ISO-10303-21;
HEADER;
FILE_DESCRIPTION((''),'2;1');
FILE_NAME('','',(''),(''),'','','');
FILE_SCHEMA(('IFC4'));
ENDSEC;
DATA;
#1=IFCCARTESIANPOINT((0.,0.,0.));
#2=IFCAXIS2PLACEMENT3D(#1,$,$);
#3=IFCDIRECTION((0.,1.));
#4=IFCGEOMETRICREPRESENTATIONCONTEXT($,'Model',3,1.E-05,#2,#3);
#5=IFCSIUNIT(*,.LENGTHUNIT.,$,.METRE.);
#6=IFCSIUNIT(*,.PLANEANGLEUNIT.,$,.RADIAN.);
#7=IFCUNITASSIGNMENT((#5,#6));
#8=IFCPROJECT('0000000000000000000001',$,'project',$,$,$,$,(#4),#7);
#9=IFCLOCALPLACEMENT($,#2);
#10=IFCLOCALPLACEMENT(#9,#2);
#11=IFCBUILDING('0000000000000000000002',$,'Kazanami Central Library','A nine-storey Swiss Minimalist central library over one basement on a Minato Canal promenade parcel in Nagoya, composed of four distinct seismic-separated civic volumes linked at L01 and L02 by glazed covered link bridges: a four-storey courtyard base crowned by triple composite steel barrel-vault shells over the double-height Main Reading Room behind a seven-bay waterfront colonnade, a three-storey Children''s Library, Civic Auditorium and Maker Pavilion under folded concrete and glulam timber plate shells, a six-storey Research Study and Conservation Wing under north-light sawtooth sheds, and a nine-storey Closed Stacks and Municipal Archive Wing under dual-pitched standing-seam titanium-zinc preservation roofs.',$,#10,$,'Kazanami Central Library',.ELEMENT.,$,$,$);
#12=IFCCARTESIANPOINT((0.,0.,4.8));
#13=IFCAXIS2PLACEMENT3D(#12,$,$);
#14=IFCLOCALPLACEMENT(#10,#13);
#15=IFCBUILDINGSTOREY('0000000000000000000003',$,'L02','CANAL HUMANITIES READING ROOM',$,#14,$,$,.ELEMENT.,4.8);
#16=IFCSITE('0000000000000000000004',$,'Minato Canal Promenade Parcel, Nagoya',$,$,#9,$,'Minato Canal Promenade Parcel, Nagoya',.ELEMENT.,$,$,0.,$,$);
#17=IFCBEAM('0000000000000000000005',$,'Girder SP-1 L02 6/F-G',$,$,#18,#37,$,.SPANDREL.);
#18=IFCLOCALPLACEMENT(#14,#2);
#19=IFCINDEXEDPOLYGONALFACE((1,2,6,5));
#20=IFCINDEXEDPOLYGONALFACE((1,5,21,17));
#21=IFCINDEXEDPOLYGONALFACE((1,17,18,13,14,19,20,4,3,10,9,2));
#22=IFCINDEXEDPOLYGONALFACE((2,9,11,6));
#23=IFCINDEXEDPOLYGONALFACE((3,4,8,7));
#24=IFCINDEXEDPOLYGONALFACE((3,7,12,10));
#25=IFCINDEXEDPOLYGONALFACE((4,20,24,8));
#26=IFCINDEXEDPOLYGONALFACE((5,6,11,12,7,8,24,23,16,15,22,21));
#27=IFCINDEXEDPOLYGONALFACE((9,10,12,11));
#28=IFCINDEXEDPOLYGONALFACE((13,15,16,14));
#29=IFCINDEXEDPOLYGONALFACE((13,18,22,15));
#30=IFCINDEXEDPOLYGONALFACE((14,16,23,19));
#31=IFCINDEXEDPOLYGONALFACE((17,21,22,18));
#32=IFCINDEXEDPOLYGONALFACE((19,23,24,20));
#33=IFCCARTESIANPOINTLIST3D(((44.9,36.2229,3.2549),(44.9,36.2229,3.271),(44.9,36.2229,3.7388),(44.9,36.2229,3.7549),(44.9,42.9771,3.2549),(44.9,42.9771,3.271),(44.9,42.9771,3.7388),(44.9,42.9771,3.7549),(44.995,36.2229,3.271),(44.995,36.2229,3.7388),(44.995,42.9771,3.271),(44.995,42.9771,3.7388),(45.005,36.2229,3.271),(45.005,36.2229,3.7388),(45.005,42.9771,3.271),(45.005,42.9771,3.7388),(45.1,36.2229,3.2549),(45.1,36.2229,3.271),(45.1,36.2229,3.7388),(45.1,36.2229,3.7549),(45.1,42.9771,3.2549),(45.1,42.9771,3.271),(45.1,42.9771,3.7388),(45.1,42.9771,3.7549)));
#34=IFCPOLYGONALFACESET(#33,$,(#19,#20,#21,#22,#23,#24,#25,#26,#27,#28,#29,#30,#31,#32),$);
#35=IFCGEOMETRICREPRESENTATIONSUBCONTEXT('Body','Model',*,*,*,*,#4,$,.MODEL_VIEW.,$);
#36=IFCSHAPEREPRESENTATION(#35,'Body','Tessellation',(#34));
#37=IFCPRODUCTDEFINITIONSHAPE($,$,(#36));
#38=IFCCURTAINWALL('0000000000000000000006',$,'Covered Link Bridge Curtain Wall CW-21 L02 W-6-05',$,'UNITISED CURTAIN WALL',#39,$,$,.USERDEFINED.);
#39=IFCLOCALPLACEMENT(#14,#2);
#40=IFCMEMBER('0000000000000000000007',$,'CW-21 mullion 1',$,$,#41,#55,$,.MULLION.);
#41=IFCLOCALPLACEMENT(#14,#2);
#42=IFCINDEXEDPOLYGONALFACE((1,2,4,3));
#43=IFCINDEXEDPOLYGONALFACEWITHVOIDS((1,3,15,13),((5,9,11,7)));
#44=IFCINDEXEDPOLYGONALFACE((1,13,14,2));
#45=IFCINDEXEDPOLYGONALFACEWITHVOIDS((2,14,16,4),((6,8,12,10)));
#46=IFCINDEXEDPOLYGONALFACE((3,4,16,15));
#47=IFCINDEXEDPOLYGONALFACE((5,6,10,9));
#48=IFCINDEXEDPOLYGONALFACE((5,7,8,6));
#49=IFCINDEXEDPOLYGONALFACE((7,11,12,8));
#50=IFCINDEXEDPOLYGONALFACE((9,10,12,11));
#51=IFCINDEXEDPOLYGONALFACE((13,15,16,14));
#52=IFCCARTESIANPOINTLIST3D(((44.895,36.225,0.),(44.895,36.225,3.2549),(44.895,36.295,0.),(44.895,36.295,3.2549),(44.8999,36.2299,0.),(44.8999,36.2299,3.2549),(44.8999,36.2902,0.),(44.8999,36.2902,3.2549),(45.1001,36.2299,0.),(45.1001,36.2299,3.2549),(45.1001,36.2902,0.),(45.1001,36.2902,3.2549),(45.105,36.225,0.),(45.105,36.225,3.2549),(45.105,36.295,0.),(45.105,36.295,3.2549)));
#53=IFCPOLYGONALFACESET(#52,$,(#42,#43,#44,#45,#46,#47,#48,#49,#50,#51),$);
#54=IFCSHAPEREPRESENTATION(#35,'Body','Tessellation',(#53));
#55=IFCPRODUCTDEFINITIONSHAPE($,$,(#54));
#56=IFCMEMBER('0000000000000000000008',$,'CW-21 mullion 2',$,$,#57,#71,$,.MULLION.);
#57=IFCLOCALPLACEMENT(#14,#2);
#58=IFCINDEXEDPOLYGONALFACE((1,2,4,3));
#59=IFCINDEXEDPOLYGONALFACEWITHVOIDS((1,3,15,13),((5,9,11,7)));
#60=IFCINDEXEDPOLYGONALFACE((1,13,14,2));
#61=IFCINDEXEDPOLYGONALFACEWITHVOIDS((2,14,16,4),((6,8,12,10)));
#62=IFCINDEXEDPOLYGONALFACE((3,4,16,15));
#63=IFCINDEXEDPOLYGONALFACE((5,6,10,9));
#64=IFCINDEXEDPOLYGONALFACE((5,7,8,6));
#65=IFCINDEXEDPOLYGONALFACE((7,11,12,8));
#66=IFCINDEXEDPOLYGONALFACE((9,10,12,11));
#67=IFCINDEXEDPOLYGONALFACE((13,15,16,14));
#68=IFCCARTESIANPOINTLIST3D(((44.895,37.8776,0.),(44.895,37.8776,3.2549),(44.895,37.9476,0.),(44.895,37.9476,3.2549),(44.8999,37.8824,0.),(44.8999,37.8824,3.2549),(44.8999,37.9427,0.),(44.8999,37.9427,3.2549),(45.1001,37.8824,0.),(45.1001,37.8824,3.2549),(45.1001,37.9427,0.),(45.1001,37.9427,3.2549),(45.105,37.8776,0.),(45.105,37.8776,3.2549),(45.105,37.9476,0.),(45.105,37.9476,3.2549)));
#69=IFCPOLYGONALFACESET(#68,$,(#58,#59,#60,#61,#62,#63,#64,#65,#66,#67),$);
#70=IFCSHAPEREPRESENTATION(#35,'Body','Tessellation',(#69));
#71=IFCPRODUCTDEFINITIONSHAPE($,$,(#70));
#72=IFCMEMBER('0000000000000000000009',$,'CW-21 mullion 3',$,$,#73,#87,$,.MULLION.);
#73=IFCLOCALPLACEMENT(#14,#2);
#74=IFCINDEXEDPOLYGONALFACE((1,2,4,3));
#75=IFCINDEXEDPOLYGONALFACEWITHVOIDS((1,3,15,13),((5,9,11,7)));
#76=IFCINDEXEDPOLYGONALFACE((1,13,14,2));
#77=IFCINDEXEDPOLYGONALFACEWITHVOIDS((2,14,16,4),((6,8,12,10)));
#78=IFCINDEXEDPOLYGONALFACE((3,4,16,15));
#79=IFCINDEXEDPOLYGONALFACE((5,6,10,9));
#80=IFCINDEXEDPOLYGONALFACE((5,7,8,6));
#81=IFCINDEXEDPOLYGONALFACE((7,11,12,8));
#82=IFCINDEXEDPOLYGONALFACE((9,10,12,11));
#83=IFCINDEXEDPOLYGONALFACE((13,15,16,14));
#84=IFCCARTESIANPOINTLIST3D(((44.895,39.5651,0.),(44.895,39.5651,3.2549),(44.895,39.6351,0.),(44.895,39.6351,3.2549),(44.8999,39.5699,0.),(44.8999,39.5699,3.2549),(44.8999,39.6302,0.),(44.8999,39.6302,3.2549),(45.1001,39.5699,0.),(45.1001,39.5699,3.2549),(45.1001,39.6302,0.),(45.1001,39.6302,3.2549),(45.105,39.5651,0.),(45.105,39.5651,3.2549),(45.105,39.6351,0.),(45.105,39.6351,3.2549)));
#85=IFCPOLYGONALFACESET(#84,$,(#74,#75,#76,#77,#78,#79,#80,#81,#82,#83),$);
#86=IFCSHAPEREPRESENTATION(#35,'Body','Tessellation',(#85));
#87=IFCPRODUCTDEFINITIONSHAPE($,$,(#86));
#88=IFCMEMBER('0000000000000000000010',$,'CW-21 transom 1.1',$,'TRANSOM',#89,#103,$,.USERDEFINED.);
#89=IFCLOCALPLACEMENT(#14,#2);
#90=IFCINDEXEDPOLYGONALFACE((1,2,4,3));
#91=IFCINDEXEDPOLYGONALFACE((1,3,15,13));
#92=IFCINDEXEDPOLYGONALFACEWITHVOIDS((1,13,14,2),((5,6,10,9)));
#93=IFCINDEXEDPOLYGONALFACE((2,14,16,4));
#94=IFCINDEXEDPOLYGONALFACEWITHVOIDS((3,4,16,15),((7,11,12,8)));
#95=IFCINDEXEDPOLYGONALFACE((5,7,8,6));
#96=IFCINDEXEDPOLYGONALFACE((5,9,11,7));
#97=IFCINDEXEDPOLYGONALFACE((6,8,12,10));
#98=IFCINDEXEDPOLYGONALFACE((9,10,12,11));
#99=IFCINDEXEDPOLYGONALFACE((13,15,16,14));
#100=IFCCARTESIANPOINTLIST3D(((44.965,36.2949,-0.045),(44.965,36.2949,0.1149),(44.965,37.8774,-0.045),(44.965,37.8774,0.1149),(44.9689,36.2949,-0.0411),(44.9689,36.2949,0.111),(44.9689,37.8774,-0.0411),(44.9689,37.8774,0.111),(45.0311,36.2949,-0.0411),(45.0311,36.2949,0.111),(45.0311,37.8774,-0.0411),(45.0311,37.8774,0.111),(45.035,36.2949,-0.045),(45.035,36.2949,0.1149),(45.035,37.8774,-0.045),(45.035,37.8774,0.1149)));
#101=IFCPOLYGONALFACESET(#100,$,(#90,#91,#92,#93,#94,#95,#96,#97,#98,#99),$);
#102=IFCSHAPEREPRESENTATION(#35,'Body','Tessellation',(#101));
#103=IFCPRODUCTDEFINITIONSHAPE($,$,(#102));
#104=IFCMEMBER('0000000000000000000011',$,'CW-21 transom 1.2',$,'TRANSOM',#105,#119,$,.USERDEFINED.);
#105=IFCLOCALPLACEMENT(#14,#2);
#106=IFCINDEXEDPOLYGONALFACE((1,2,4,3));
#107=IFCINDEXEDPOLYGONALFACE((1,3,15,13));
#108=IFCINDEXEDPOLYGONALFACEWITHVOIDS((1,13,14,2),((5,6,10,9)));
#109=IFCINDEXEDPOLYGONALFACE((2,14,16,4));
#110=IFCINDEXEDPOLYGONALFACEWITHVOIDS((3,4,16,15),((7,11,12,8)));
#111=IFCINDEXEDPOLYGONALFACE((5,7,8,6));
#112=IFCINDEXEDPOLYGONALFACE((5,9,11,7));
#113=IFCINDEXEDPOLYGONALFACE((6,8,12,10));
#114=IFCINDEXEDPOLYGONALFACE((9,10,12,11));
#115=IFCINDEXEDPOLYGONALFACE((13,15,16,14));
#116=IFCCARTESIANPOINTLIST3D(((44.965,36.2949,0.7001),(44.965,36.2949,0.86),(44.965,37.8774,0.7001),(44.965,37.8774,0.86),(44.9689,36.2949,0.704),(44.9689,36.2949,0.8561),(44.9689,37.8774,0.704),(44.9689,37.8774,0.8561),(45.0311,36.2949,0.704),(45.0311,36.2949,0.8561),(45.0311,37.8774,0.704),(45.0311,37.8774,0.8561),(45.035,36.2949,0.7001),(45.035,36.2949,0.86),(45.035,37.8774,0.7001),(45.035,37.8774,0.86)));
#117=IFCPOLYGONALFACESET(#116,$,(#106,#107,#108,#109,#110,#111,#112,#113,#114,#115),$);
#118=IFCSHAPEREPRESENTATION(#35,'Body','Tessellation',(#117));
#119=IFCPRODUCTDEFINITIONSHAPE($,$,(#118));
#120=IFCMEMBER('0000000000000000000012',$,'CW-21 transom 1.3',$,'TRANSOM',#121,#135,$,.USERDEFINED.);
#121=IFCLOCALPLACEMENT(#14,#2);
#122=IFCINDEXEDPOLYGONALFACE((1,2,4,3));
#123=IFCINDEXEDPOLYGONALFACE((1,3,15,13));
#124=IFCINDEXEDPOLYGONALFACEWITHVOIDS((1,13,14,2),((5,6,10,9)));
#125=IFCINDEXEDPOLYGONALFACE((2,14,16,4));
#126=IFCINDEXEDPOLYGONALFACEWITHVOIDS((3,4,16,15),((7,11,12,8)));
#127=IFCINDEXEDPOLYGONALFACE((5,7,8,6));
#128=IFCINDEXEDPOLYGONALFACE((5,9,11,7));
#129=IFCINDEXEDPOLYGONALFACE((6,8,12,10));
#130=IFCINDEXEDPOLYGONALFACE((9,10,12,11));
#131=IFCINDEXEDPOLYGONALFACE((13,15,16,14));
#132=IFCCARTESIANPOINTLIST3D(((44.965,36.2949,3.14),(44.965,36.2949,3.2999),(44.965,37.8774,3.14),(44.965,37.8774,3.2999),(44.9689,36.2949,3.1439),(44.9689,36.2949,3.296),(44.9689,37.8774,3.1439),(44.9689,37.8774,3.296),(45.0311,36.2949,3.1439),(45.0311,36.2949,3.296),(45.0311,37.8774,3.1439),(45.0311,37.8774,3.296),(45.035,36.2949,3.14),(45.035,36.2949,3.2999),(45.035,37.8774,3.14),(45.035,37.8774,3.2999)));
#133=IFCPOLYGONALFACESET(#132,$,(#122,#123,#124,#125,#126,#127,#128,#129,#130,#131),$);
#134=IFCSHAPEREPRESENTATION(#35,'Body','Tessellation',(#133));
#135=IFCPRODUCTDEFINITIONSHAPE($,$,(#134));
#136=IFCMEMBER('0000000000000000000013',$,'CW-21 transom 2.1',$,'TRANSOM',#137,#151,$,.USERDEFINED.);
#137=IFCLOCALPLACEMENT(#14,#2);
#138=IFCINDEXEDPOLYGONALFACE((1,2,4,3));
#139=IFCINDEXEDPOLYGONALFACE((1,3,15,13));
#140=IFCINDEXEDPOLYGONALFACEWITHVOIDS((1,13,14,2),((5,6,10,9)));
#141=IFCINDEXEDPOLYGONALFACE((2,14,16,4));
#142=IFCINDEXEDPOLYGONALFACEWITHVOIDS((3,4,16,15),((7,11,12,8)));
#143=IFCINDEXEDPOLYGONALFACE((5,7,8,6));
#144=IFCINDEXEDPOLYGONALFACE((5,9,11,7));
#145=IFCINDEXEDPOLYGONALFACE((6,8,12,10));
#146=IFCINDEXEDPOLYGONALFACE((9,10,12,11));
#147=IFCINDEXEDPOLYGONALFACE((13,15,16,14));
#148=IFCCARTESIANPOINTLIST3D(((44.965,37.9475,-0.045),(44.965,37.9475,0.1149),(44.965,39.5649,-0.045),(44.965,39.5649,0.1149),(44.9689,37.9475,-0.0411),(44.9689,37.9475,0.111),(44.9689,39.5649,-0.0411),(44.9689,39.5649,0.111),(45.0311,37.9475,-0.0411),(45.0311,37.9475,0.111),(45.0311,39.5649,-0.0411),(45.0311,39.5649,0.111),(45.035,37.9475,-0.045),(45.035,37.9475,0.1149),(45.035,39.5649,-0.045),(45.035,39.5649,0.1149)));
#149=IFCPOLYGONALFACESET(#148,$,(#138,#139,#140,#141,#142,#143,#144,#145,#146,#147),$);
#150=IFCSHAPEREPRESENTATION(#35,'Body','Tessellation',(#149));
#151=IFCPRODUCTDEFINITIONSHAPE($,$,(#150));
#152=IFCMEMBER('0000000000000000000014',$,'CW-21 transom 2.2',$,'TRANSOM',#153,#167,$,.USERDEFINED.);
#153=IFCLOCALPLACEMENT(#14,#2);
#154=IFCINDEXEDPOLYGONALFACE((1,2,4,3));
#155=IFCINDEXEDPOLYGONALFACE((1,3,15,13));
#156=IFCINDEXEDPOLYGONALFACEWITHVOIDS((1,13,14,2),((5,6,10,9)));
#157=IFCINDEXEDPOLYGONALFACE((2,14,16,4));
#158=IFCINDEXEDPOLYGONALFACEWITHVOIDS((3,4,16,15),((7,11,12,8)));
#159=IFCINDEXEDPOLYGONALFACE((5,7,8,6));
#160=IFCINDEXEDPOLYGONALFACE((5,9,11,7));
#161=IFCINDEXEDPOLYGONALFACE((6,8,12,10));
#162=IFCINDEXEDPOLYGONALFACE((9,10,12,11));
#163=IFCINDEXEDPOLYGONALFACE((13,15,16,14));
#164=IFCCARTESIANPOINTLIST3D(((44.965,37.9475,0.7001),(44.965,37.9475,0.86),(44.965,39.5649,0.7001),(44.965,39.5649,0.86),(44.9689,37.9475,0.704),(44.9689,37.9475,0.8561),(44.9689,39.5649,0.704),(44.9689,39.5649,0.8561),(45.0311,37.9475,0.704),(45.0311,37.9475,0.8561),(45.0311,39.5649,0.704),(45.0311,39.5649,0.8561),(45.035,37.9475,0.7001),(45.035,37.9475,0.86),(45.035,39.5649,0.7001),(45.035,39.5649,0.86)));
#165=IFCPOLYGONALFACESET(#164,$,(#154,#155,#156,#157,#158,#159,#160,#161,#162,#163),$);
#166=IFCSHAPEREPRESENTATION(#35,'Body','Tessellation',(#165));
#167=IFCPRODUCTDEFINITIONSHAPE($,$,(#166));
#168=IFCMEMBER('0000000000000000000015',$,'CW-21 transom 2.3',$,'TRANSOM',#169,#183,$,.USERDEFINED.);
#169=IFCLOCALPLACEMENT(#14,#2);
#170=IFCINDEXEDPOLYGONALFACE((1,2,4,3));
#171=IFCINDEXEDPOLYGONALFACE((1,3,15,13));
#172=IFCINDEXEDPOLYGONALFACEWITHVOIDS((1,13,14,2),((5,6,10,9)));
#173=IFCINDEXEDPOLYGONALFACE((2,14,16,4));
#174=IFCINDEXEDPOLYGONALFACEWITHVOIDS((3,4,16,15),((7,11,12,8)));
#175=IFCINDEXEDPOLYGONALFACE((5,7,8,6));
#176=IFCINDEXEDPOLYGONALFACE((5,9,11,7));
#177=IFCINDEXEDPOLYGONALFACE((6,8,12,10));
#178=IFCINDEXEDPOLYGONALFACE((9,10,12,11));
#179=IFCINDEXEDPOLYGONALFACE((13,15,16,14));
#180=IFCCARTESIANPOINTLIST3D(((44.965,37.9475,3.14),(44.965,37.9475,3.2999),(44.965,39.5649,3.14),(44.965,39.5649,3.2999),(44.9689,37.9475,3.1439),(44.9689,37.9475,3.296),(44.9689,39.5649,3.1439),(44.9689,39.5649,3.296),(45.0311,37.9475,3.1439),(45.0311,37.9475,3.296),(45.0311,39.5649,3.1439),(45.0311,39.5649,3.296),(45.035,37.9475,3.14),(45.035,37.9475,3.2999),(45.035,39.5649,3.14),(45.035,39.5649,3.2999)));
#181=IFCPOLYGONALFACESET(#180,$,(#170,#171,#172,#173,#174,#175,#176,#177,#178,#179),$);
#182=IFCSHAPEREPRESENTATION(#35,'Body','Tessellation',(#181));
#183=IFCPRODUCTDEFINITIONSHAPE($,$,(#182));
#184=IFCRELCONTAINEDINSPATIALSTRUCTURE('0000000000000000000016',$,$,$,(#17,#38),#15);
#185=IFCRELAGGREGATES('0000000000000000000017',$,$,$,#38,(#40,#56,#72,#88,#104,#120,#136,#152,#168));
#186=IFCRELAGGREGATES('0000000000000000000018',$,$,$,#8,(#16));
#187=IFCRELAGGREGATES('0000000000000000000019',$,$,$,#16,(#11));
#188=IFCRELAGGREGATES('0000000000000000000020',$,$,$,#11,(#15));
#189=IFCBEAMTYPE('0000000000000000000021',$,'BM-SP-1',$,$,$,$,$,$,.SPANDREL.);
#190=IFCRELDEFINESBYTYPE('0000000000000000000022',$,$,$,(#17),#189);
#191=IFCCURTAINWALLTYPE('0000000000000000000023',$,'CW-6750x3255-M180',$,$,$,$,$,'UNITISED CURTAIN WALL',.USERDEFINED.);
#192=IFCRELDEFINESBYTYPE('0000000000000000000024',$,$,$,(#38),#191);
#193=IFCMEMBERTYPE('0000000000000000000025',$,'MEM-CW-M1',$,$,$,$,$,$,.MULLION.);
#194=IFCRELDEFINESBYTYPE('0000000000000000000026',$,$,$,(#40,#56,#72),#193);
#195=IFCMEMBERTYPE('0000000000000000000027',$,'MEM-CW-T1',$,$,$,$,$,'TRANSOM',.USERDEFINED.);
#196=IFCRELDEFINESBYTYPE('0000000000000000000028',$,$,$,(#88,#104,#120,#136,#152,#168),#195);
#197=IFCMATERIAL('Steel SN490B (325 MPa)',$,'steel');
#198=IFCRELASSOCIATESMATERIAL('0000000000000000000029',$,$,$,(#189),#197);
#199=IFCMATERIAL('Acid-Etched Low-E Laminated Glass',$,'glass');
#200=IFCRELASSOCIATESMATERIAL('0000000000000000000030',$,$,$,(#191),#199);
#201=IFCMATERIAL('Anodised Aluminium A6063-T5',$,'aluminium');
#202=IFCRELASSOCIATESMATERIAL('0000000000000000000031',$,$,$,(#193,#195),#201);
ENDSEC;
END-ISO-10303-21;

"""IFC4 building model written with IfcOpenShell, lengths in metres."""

from ifc_helpers import new_model, si_unit, direction, frame, origin, origin_2d, place, context, subcontext, project, spatial, hollow_rectangle, i_section, extrude, material, material_profile, profile_set, type_object, element, aggregate, save


model = new_model("IFC4")

# Units and contexts
model_context = context("Model", 3, precision=1e-05, world=origin(), true_north=direction((0.0, 1.0)))
body_context = subcontext(model_context, "Body", "Model", "MODEL_VIEW")
ifc_project = project(units=[si_unit("LENGTHUNIT", "METRE"), si_unit("PLANEANGLEUNIT", "RADIAN")], contexts=[model_context])

# Site, building, storey
site_placement = place(None, origin())
site = spatial("IfcSite", under=ifc_project, at=site_placement, Name="Minato Canal Promenade Parcel, Nagoya", LongName="Minato Canal Promenade Parcel, Nagoya", CompositionType="ELEMENT", RefElevation=0.0)
building_placement = place(site_placement, origin())
building = spatial("IfcBuilding", under=site, at=building_placement, Name="Kazanami Central Library", Description="A nine-storey Swiss Minimalist central library over one basement on a Minato Canal promenade parcel in Nagoya, composed of four distinct seismic-separated civic volumes linked at L01 and L02 by glazed covered link bridges: a four-storey courtyard base crowned by triple composite steel barrel-vault shells over the double-height Main Reading Room behind a seven-bay waterfront colonnade, a three-storey Children's Library, Civic Auditorium and Maker Pavilion under folded concrete and glulam timber plate shells, a six-storey Research Study and Conservation Wing under north-light sawtooth sheds, and a nine-storey Closed Stacks and Municipal Archive Wing under dual-pitched standing-seam titanium-zinc preservation roofs.", LongName="Kazanami Central Library", CompositionType="ELEMENT")
storey_placement = place(building_placement, frame((0.0, 0.0, 4.8)))
storey = spatial("IfcBuildingStorey", under=building, at=storey_placement, Name="L02", Description="CANAL HUMANITIES READING ROOM", CompositionType="ELEMENT", Elevation=4.8)

# Beam
ifc_material_1 = material(Name="Steel SN490B (325 MPa)", Category="steel")
ifc_material_profile_1 = material_profile(ifc_material_1, i_section(OverallWidth=0.2, OverallDepth=0.5, WebThickness=0.01, FlangeThickness=0.0161, at=origin_2d()), Name="H-500x200x10x16")
ifc_profile_set_1 = profile_set([ifc_material_profile_1], Name="Steel SN490B (325 MPa)")
beam_type = type_object("IfcBeamType", Name="BM-SP-1", PredefinedType="SPANDREL", material=ifc_profile_set_1)
beam_placement = place(storey_placement, frame((45.0, 36.2229, 3.5049), z_axis=(0.0, 1.0, 0.0), x_axis=(-1.0, 0.0, 0.0)))
element("IfcBeam", 1, at=beam_placement, inside=storey, type_object=beam_type, Name="Girder SP-1 L02 6/F-G", PredefinedType="SPANDREL", context=body_context, shape_type="SweptSolid", body=[
    extrude(i_section(OverallWidth=0.2, OverallDepth=0.5, WebThickness=0.01, FlangeThickness=0.0161, at=origin_2d()), origin(), (0.0, 0.0, 1.0), 6.7542),
])

# Curtain wall, members
ifc_material_2 = material(Name="Acid-Etched Low-E Laminated Glass", Category="glass")
curtain_wall_type = type_object("IfcCurtainWallType", Name="CW-6750x3255-M180", ElementType="UNITISED CURTAIN WALL", PredefinedType="USERDEFINED", material=ifc_material_2)
curtain_wall_placement = place(storey_placement, origin())
curtain_wall = element("IfcCurtainWall", 2, at=curtain_wall_placement, inside=storey, type_object=curtain_wall_type, Name="Covered Link Bridge Curtain Wall CW-21 L02 W-6-05", ObjectType="UNITISED CURTAIN WALL", PredefinedType="USERDEFINED")
ifc_material_3 = material(Name="Anodised Aluminium A6063-T5", Category="aluminium")
ifc_material_profile_2 = material_profile(ifc_material_3, hollow_rectangle(XDim=0.0701, YDim=0.21, WallThickness=0.0049, at=origin_2d()), Name="ALU-MULL-70x210x5")
ifc_profile_set_2 = profile_set([ifc_material_profile_2], Name="Anodised Aluminium A6063-T5")
member_type_1 = type_object("IfcMemberType", Name="MEM-CW-M1", PredefinedType="MULLION", material=ifc_profile_set_2)
member_1_placement = place(storey_placement, frame((45.0, 36.26, 0.0), z_axis=(0.0, 0.0, 1.0), x_axis=(0.0, 1.0, 0.0)))
member_1 = element("IfcMember", 3, at=member_1_placement, type_object=member_type_1, Name="CW-21 mullion 1", PredefinedType="MULLION", context=body_context, shape_type="SweptSolid", body=[
    extrude(hollow_rectangle(XDim=0.0701, YDim=0.21, WallThickness=0.0049, at=origin_2d()), origin(), (0.0, 0.0, 1.0), 3.2549),
])
member_2_placement = place(storey_placement, frame((45.0, 37.9126, 0.0), z_axis=(0.0, 0.0, 1.0), x_axis=(0.0, 1.0, 0.0)))
member_2 = element("IfcMember", 4, at=member_2_placement, type_object=member_type_1, Name="CW-21 mullion 2", PredefinedType="MULLION", context=body_context, shape_type="SweptSolid", body=[
    extrude(hollow_rectangle(XDim=0.0701, YDim=0.21, WallThickness=0.0049, at=origin_2d()), origin(), (0.0, 0.0, 1.0), 3.2549),
])
member_3_placement = place(storey_placement, frame((45.0, 39.6001, 0.0), z_axis=(0.0, 0.0, 1.0), x_axis=(0.0, 1.0, 0.0)))
member_3 = element("IfcMember", 5, at=member_3_placement, type_object=member_type_1, Name="CW-21 mullion 3", PredefinedType="MULLION", context=body_context, shape_type="SweptSolid", body=[
    extrude(hollow_rectangle(XDim=0.0701, YDim=0.21, WallThickness=0.0049, at=origin_2d()), origin(), (0.0, 0.0, 1.0), 3.2549),
])
ifc_material_profile_3 = material_profile(ifc_material_3, hollow_rectangle(XDim=0.0701, YDim=0.1599, WallThickness=0.0039, at=origin_2d()), Name="ALU-TRAN-70x160x4")
ifc_profile_set_3 = profile_set([ifc_material_profile_3], Name="Anodised Aluminium A6063-T5")
member_type_2 = type_object("IfcMemberType", Name="MEM-CW-T1", ElementType="TRANSOM", PredefinedType="USERDEFINED", material=ifc_profile_set_3)
member_4_placement = place(storey_placement, frame((45.0, 36.2949, 0.0349), z_axis=(0.0, 1.0, 0.0), x_axis=(-1.0, 0.0, 0.0)))
member_4 = element("IfcMember", 6, at=member_4_placement, type_object=member_type_2, Name="CW-21 transom 1.1", ObjectType="TRANSOM", PredefinedType="USERDEFINED", context=body_context, shape_type="SweptSolid", body=[
    extrude(hollow_rectangle(XDim=0.0701, YDim=0.1599, WallThickness=0.0039, at=origin_2d()), origin(), (0.0, 0.0, 1.0), 1.5825),
])
member_5_placement = place(storey_placement, frame((45.0, 36.2949, 0.78), z_axis=(0.0, 1.0, 0.0), x_axis=(-1.0, 0.0, 0.0)))
member_5 = element("IfcMember", 7, at=member_5_placement, type_object=member_type_2, Name="CW-21 transom 1.2", ObjectType="TRANSOM", PredefinedType="USERDEFINED", context=body_context, shape_type="SweptSolid", body=[
    extrude(hollow_rectangle(XDim=0.0701, YDim=0.1599, WallThickness=0.0039, at=origin_2d()), origin(), (0.0, 0.0, 1.0), 1.5825),
])
member_6_placement = place(storey_placement, frame((45.0, 36.2949, 3.22), z_axis=(0.0, 1.0, 0.0), x_axis=(-1.0, 0.0, 0.0)))
member_6 = element("IfcMember", 8, at=member_6_placement, type_object=member_type_2, Name="CW-21 transom 1.3", ObjectType="TRANSOM", PredefinedType="USERDEFINED", context=body_context, shape_type="SweptSolid", body=[
    extrude(hollow_rectangle(XDim=0.0701, YDim=0.1599, WallThickness=0.0039, at=origin_2d()), origin(), (0.0, 0.0, 1.0), 1.5825),
])
member_7_placement = place(storey_placement, frame((45.0, 37.9475, 0.0349), z_axis=(0.0, 1.0, 0.0), x_axis=(-1.0, 0.0, 0.0)))
member_7 = element("IfcMember", 9, at=member_7_placement, type_object=member_type_2, Name="CW-21 transom 2.1", ObjectType="TRANSOM", PredefinedType="USERDEFINED", context=body_context, shape_type="SweptSolid", body=[
    extrude(hollow_rectangle(XDim=0.0701, YDim=0.1599, WallThickness=0.0039, at=origin_2d()), origin(), (0.0, 0.0, 1.0), 1.6174),
])
member_8_placement = place(storey_placement, frame((45.0, 37.9475, 0.78), z_axis=(0.0, 1.0, 0.0), x_axis=(-1.0, 0.0, 0.0)))
member_8 = element("IfcMember", 10, at=member_8_placement, type_object=member_type_2, Name="CW-21 transom 2.2", ObjectType="TRANSOM", PredefinedType="USERDEFINED", context=body_context, shape_type="SweptSolid", body=[
    extrude(hollow_rectangle(XDim=0.0701, YDim=0.1599, WallThickness=0.0039, at=origin_2d()), origin(), (0.0, 0.0, 1.0), 1.6174),
])
member_9_placement = place(storey_placement, frame((45.0, 37.9475, 3.22), z_axis=(0.0, 1.0, 0.0), x_axis=(-1.0, 0.0, 0.0)))
member_9 = element("IfcMember", 11, at=member_9_placement, type_object=member_type_2, Name="CW-21 transom 2.3", ObjectType="TRANSOM", PredefinedType="USERDEFINED", context=body_context, shape_type="SweptSolid", body=[
    extrude(hollow_rectangle(XDim=0.0701, YDim=0.1599, WallThickness=0.0039, at=origin_2d()), origin(), (0.0, 0.0, 1.0), 1.6174),
])
aggregate(curtain_wall, [member_1, member_2, member_3, member_4, member_5, member_6, member_7, member_8, member_9])

save(model, "model.ifc")
